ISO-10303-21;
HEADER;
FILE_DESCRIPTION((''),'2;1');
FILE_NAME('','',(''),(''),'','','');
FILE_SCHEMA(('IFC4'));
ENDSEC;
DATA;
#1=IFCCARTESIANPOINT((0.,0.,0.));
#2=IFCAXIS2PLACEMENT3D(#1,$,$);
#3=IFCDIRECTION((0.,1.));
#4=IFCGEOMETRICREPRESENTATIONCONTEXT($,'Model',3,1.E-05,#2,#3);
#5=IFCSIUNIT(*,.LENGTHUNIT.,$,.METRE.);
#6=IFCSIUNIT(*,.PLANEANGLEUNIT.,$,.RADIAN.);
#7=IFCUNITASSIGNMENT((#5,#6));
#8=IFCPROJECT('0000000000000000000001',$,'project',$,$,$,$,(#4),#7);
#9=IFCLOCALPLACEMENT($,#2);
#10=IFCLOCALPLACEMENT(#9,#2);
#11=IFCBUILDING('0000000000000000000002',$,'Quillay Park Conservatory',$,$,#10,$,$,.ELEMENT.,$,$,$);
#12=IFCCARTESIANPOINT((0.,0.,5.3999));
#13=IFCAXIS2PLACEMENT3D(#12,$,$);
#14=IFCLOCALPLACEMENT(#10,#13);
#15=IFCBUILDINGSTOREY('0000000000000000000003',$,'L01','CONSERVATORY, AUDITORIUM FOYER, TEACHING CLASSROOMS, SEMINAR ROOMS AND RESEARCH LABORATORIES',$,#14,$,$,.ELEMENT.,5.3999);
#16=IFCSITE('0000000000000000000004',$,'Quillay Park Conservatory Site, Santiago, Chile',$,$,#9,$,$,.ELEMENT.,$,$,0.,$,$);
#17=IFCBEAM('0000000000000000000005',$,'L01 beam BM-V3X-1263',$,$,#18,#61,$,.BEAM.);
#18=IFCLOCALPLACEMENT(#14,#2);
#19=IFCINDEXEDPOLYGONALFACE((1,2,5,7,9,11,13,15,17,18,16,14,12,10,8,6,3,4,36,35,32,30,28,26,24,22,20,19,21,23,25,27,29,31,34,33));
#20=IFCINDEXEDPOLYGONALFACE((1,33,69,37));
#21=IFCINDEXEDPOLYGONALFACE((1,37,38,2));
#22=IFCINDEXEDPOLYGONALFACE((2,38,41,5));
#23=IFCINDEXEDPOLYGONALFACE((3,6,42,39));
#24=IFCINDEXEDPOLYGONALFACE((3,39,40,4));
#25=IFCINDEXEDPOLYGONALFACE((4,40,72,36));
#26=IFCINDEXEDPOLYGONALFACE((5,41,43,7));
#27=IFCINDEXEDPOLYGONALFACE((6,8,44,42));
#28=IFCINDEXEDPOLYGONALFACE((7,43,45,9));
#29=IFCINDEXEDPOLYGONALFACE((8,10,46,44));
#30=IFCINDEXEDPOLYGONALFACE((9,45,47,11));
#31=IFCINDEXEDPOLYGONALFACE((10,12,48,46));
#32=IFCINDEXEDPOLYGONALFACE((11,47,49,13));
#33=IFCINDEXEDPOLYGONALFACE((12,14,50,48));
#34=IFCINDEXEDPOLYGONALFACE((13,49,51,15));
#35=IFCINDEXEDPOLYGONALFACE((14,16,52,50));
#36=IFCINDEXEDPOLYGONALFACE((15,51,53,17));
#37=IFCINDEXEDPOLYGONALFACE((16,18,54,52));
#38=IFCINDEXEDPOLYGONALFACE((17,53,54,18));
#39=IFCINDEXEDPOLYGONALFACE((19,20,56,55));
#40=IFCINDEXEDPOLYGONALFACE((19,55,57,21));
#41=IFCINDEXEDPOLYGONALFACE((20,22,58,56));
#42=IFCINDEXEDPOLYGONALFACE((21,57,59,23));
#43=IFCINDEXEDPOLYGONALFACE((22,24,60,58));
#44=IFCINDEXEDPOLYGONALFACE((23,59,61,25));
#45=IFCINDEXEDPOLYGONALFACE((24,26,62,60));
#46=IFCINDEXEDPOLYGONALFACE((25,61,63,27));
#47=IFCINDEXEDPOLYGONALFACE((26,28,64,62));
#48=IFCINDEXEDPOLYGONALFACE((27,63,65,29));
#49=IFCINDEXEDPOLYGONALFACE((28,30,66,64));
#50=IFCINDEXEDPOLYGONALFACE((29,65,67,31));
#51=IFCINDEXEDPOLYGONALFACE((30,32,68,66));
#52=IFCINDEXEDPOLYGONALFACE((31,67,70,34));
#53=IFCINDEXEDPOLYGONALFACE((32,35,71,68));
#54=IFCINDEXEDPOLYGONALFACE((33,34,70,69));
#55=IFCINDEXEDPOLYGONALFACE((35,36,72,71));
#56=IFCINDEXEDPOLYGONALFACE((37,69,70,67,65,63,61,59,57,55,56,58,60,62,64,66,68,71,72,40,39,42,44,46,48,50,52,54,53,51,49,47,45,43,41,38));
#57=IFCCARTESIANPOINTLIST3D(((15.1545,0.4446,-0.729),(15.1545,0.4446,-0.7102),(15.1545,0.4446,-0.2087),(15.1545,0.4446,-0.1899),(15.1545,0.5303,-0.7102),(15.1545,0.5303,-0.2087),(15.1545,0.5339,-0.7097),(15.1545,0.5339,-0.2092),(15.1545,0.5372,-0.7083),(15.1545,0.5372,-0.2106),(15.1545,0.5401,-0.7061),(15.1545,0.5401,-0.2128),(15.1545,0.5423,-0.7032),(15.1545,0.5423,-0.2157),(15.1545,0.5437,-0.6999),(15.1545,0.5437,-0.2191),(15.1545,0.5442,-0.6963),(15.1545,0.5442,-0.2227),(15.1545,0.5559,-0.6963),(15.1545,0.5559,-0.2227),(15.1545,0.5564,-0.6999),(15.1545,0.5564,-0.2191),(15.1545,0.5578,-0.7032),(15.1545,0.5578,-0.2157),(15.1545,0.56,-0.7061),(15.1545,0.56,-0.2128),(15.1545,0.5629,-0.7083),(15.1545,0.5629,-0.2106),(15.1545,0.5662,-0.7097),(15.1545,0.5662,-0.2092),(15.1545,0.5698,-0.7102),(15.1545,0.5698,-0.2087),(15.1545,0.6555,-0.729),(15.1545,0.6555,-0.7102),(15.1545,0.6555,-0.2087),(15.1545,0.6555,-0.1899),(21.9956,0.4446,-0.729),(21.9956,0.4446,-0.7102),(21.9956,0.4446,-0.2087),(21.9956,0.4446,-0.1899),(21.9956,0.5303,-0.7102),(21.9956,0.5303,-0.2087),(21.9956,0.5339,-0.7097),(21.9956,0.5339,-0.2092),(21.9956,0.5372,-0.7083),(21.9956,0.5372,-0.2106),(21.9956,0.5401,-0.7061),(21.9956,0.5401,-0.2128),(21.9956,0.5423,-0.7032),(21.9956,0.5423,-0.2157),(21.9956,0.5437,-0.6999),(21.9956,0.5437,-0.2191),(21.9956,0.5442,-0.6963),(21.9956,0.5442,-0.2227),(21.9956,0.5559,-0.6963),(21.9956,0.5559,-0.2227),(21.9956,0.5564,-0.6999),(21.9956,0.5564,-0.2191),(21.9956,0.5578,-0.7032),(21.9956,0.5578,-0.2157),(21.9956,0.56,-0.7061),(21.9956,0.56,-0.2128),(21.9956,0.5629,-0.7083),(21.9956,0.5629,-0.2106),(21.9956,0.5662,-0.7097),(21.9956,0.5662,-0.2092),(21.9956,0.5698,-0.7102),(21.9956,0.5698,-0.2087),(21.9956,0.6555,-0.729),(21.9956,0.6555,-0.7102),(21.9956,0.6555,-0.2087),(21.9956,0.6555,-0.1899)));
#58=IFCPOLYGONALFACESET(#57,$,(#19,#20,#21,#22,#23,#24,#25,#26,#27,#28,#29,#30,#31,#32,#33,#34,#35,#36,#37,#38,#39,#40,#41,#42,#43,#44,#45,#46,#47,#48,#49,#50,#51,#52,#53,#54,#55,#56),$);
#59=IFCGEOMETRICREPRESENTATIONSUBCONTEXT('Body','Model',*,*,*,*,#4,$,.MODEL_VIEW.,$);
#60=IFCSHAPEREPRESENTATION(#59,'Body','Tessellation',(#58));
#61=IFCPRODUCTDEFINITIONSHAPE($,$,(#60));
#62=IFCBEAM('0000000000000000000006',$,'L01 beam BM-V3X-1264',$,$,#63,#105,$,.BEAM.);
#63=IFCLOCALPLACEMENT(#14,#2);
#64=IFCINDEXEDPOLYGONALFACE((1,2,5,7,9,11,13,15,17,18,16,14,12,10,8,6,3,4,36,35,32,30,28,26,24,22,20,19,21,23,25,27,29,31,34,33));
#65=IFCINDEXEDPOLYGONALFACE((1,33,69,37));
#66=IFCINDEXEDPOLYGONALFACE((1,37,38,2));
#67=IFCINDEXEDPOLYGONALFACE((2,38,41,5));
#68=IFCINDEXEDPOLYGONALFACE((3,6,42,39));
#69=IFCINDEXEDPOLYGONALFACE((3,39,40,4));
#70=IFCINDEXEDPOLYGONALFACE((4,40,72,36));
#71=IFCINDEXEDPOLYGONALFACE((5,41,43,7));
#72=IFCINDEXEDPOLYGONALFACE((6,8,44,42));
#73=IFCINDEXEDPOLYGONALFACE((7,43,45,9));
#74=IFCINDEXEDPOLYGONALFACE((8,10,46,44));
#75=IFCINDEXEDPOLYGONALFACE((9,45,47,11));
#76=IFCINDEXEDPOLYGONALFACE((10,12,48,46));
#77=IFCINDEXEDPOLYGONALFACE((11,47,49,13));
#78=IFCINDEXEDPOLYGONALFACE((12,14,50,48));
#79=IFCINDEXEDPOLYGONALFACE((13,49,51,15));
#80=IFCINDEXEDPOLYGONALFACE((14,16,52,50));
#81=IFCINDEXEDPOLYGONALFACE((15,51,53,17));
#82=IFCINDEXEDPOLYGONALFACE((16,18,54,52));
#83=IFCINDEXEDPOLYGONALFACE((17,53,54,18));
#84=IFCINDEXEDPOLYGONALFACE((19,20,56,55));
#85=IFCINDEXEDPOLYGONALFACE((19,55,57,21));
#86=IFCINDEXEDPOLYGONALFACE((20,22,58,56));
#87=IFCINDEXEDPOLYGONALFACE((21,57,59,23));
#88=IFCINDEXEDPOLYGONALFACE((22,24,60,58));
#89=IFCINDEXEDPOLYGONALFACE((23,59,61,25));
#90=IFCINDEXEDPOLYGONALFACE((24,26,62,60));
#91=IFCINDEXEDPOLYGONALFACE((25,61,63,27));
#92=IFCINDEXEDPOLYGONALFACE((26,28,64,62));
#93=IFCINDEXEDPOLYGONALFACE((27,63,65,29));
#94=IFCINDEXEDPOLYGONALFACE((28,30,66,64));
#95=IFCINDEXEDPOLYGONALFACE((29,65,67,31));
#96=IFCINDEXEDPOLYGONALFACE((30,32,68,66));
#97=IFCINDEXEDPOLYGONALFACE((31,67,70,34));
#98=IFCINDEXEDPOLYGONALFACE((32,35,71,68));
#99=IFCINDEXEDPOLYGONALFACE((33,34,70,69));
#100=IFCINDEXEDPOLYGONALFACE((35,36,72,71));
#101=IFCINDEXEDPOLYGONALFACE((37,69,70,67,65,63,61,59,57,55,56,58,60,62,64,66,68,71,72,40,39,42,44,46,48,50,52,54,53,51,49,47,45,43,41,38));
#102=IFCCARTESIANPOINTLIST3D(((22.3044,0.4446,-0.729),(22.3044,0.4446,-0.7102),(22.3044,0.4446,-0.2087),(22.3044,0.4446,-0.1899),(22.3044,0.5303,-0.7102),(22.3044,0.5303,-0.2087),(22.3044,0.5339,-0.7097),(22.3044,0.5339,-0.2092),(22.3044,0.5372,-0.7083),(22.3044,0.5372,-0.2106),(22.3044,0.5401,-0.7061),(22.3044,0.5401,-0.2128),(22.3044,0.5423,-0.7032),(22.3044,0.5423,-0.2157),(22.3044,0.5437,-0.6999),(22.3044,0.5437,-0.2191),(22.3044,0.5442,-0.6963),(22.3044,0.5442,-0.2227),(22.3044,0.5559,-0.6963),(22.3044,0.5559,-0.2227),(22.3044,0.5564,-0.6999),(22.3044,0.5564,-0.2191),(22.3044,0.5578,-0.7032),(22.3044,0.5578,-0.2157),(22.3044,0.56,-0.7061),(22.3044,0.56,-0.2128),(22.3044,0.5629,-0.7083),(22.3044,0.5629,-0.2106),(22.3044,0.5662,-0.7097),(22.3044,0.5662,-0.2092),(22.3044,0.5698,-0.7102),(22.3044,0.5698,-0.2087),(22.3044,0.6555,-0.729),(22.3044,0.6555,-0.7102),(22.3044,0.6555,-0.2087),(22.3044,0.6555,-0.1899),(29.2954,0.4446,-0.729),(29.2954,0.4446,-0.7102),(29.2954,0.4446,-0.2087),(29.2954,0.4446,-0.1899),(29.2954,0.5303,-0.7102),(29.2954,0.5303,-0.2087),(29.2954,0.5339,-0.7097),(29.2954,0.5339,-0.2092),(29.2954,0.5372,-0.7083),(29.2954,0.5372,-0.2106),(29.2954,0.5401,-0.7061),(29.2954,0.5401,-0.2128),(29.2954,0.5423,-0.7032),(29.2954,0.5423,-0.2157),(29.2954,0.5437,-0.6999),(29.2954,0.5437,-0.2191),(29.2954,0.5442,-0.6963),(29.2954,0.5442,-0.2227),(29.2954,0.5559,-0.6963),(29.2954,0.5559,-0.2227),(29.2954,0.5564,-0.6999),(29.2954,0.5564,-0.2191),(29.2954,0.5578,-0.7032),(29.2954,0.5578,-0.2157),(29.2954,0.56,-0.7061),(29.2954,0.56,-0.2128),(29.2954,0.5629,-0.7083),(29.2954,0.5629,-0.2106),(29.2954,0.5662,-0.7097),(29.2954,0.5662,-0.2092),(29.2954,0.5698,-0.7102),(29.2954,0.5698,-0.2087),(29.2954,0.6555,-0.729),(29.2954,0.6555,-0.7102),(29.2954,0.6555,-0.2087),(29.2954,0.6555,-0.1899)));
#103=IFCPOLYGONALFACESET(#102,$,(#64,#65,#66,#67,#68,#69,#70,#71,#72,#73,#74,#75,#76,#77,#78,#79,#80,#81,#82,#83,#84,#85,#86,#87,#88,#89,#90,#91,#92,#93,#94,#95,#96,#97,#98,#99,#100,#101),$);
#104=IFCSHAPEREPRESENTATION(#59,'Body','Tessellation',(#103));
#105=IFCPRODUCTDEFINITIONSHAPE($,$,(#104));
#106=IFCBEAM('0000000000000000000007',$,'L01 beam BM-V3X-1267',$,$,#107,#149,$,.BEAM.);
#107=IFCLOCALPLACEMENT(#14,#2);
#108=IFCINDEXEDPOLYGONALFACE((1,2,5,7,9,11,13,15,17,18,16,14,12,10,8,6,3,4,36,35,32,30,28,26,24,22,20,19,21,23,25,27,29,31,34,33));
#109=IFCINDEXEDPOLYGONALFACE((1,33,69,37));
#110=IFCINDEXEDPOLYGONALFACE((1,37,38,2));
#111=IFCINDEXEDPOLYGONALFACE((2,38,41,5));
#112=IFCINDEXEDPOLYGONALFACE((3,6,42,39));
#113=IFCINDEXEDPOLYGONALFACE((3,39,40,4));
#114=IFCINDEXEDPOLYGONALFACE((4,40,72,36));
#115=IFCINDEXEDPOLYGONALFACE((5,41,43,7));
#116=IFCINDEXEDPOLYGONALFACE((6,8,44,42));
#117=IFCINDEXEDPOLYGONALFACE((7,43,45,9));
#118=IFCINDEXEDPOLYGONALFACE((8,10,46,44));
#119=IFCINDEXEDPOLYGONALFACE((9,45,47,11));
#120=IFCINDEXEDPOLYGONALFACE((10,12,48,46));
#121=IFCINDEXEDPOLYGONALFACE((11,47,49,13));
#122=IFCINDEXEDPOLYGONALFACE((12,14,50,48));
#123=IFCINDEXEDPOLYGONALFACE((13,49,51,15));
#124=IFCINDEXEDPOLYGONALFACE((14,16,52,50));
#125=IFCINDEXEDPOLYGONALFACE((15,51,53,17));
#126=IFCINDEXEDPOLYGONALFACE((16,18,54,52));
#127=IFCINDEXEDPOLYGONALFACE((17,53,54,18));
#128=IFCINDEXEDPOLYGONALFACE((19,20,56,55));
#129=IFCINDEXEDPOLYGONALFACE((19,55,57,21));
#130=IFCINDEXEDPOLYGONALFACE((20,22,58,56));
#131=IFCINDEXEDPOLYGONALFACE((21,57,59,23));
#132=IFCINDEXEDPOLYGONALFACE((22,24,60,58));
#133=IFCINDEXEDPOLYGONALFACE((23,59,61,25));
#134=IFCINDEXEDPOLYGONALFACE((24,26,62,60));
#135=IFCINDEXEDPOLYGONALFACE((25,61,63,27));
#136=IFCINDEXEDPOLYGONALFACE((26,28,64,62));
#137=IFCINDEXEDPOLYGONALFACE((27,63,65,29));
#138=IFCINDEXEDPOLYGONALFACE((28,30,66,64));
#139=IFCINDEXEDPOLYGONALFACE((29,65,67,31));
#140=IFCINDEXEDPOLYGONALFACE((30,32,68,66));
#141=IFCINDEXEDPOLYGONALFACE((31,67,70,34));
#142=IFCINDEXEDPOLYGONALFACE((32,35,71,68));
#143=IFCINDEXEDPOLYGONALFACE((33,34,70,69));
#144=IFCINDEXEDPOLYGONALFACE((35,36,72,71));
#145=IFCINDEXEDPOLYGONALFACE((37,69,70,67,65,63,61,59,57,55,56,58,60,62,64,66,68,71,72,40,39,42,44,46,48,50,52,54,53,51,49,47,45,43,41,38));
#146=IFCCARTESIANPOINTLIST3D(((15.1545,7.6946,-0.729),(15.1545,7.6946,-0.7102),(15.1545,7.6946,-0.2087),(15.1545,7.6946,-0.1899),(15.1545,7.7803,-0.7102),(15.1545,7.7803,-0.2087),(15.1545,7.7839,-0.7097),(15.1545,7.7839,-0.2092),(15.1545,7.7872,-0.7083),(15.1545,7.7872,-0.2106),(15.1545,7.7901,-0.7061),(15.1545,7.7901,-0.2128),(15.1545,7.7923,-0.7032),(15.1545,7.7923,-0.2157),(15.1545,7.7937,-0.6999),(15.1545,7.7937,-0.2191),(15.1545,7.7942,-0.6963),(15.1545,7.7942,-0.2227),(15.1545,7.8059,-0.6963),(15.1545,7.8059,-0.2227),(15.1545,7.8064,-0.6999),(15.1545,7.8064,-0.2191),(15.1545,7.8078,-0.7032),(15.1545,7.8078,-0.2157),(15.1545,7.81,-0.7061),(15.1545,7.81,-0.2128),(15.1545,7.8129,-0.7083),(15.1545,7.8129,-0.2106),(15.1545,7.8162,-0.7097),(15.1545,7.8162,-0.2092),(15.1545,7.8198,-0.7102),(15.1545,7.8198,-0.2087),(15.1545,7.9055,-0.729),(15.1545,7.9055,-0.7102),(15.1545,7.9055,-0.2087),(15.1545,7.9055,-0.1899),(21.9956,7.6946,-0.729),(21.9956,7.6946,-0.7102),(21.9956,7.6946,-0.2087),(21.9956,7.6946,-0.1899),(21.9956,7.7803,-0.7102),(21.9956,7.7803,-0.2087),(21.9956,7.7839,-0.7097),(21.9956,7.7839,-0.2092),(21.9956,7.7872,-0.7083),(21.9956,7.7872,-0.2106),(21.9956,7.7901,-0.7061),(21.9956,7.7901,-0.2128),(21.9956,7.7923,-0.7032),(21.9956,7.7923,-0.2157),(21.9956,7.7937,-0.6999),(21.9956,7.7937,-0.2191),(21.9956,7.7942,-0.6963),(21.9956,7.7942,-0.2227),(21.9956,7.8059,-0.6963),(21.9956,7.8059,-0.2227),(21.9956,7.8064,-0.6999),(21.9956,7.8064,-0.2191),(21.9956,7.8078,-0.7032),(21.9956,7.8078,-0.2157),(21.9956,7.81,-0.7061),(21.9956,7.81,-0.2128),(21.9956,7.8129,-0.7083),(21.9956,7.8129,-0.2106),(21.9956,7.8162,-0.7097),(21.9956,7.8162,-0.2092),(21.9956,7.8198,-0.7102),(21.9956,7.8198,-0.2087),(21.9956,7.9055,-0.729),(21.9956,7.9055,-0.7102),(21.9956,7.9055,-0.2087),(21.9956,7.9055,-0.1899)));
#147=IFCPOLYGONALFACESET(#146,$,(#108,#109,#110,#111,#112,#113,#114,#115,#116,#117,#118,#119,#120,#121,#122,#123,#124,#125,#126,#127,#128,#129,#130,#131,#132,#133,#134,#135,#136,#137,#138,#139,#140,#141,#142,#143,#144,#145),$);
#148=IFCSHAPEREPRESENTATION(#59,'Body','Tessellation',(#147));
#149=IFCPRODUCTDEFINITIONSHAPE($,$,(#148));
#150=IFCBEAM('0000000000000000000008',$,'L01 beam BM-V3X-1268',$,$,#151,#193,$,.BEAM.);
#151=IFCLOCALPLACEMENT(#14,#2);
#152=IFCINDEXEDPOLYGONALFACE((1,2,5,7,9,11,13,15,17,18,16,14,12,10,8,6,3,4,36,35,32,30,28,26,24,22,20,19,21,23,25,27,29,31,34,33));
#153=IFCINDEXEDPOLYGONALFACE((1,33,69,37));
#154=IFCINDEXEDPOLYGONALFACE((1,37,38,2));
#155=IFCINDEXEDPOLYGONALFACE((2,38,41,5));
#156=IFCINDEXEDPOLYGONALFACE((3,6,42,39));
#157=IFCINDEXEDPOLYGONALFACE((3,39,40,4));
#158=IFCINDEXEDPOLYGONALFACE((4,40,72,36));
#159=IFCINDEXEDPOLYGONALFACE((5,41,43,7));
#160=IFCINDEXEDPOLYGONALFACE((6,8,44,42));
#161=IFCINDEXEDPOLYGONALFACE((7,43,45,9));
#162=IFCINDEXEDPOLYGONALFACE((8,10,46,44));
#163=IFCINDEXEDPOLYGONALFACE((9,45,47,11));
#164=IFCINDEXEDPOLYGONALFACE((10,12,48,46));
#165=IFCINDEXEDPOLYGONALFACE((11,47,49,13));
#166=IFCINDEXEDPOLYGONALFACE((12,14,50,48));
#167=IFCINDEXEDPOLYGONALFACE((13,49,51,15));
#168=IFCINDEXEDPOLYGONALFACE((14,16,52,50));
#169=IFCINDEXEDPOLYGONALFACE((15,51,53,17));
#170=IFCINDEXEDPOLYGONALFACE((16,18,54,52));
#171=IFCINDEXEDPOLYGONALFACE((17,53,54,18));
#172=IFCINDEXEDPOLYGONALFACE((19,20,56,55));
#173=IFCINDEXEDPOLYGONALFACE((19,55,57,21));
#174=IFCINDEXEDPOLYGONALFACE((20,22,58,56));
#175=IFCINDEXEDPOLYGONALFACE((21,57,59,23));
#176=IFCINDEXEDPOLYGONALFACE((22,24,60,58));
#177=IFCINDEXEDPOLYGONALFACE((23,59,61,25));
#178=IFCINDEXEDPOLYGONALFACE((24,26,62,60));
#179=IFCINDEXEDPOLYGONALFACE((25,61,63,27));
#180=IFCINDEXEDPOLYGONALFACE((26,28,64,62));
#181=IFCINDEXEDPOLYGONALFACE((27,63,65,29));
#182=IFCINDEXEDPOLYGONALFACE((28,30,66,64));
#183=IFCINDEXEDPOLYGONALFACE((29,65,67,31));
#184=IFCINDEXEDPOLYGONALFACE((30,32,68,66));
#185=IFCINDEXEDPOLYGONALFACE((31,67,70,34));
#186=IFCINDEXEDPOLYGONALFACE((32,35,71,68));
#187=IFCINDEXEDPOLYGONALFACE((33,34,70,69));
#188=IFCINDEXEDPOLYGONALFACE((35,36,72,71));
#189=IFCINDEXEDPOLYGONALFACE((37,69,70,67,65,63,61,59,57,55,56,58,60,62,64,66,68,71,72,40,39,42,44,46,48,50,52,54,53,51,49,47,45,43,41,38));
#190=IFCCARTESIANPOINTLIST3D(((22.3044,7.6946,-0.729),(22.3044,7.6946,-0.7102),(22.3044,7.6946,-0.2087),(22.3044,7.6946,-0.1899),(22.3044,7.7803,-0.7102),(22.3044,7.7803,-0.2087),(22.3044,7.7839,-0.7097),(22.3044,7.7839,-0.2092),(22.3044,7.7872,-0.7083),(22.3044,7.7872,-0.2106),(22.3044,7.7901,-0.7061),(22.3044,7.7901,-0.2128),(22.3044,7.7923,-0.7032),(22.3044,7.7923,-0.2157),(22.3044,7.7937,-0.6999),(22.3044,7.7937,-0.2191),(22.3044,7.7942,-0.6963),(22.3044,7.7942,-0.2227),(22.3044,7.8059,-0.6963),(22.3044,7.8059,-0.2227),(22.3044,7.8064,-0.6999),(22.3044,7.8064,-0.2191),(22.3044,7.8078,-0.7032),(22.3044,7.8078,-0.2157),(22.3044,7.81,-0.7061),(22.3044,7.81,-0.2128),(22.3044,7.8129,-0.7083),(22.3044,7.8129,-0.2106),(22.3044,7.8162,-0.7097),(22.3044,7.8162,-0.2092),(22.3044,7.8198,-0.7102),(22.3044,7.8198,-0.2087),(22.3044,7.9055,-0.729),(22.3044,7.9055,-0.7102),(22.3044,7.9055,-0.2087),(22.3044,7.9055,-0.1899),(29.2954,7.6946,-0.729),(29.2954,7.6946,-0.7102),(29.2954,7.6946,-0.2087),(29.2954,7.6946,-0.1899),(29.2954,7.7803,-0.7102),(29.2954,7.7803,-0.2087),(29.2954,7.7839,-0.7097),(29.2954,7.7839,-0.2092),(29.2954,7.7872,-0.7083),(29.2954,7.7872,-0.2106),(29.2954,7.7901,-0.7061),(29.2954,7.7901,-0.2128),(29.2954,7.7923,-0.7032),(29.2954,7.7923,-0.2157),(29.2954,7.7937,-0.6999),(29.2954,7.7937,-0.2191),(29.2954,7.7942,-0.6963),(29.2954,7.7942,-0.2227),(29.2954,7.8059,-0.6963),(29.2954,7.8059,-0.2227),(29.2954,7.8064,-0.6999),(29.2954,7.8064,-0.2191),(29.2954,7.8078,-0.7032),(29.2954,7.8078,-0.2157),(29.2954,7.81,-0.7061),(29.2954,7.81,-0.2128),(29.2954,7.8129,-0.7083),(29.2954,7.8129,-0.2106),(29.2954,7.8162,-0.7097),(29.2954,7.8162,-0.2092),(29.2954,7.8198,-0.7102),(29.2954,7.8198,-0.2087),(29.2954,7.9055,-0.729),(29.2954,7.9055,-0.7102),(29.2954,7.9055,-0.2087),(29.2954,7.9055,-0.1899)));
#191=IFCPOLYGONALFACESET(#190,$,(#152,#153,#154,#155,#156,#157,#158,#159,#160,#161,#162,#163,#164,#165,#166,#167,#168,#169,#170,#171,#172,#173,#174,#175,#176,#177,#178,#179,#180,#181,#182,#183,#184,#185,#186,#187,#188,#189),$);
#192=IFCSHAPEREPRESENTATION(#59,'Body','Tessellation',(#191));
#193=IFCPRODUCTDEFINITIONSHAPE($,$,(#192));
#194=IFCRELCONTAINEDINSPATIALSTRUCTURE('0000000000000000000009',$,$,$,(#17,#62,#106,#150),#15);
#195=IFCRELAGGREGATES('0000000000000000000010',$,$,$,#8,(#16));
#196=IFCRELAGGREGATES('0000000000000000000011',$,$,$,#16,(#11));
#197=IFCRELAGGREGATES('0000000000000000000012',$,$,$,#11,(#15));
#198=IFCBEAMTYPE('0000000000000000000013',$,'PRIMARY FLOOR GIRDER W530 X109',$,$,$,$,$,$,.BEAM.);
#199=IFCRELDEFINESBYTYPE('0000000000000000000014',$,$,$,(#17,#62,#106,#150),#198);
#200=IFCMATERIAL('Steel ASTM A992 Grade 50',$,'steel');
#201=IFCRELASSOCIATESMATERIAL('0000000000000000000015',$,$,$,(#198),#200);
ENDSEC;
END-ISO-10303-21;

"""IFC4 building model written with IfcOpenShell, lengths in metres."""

from ifc_helpers import new_model, si_unit, direction, frame, origin, origin_2d, place, context, subcontext, project, spatial, i_section, extrude, material, material_profile, profile_set, type_object, element, save


model = new_model("IFC4")

# Units and contexts
model_context = context("Model", 3, precision=1e-05, world=origin(), true_north=direction((0.0, 1.0)))
body_context = subcontext(model_context, "Body", "Model", "MODEL_VIEW")
ifc_project = project(units=[si_unit("LENGTHUNIT", "METRE"), si_unit("PLANEANGLEUNIT", "RADIAN")], contexts=[model_context])

# Site, building, storey
site_placement = place(None, origin())
site = spatial("IfcSite", under=ifc_project, at=site_placement, Name="Quillay Park Conservatory Site, Santiago, Chile", CompositionType="ELEMENT", RefElevation=0.0)
building_placement = place(site_placement, origin())
building = spatial("IfcBuilding", under=site, at=building_placement, Name="Quillay Park Conservatory", CompositionType="ELEMENT")
storey_placement = place(building_placement, frame((0.0, 0.0, 5.3999)))
storey = spatial("IfcBuildingStorey", under=building, at=storey_placement, Name="L01", Description="CONSERVATORY, AUDITORIUM FOYER, TEACHING CLASSROOMS, SEMINAR ROOMS AND RESEARCH LABORATORIES", CompositionType="ELEMENT", Elevation=5.3999)

# Beams
ifc_material_1 = material(Name="Steel ASTM A992 Grade 50", Category="steel")
ifc_material_profile_1 = material_profile(ifc_material_1, i_section(OverallWidth=0.2109, OverallDepth=0.5391, WebThickness=0.0117, FlangeThickness=0.0188, FilletRadius=0.0139, at=origin_2d()), Name="W530x109")
ifc_profile_set_1 = profile_set([ifc_material_profile_1], Name="Steel ASTM A992 Grade 50")
beam_type_1 = type_object("IfcBeamType", Name="PRIMARY FLOOR GIRDER W530 X109", PredefinedType="BEAM", material=ifc_profile_set_1)
beam_1_placement = place(storey_placement, frame((15.1545, 0.55, -0.4595), z_axis=(1.0, 0.0, 0.0), x_axis=(0.0, 1.0, 0.0)))
element("IfcBeam", 1, at=beam_1_placement, inside=storey, type_object=beam_type_1, Name="L01 beam BM-V3X-1263", PredefinedType="BEAM", context=body_context, shape_type="SweptSolid", body=[
    extrude(i_section(OverallWidth=0.2109, OverallDepth=0.5391, WebThickness=0.0117, FlangeThickness=0.0188, FilletRadius=0.0139, at=origin_2d()), origin(), (0.0, 0.0, 1.0), 6.8411),
])
beam_2_placement = place(storey_placement, frame((22.3044, 0.55, -0.4595), z_axis=(1.0, 0.0, 0.0), x_axis=(0.0, 1.0, 0.0)))
element("IfcBeam", 2, at=beam_2_placement, inside=storey, type_object=beam_type_1, Name="L01 beam BM-V3X-1264", PredefinedType="BEAM", context=body_context, shape_type="SweptSolid", body=[
    extrude(i_section(OverallWidth=0.2109, OverallDepth=0.5391, WebThickness=0.0117, FlangeThickness=0.0188, FilletRadius=0.0139, at=origin_2d()), origin(), (0.0, 0.0, 1.0), 6.991),
])
beam_3_placement = place(storey_placement, frame((15.1545, 7.8, -0.4595), z_axis=(1.0, 0.0, 0.0), x_axis=(0.0, 1.0, 0.0)))
element("IfcBeam", 3, at=beam_3_placement, inside=storey, type_object=beam_type_1, Name="L01 beam BM-V3X-1267", PredefinedType="BEAM", context=body_context, shape_type="SweptSolid", body=[
    extrude(i_section(OverallWidth=0.2109, OverallDepth=0.5391, WebThickness=0.0117, FlangeThickness=0.0188, FilletRadius=0.0139, at=origin_2d()), origin(), (0.0, 0.0, 1.0), 6.8411),
])
beam_4_placement = place(storey_placement, frame((22.3044, 7.8, -0.4595), z_axis=(1.0, 0.0, 0.0), x_axis=(0.0, 1.0, 0.0)))
element("IfcBeam", 4, at=beam_4_placement, inside=storey, type_object=beam_type_1, Name="L01 beam BM-V3X-1268", PredefinedType="BEAM", context=body_context, shape_type="SweptSolid", body=[
    extrude(i_section(OverallWidth=0.2109, OverallDepth=0.5391, WebThickness=0.0117, FlangeThickness=0.0188, FilletRadius=0.0139, at=origin_2d()), origin(), (0.0, 0.0, 1.0), 6.991),
])

save(model, "model.ifc")
